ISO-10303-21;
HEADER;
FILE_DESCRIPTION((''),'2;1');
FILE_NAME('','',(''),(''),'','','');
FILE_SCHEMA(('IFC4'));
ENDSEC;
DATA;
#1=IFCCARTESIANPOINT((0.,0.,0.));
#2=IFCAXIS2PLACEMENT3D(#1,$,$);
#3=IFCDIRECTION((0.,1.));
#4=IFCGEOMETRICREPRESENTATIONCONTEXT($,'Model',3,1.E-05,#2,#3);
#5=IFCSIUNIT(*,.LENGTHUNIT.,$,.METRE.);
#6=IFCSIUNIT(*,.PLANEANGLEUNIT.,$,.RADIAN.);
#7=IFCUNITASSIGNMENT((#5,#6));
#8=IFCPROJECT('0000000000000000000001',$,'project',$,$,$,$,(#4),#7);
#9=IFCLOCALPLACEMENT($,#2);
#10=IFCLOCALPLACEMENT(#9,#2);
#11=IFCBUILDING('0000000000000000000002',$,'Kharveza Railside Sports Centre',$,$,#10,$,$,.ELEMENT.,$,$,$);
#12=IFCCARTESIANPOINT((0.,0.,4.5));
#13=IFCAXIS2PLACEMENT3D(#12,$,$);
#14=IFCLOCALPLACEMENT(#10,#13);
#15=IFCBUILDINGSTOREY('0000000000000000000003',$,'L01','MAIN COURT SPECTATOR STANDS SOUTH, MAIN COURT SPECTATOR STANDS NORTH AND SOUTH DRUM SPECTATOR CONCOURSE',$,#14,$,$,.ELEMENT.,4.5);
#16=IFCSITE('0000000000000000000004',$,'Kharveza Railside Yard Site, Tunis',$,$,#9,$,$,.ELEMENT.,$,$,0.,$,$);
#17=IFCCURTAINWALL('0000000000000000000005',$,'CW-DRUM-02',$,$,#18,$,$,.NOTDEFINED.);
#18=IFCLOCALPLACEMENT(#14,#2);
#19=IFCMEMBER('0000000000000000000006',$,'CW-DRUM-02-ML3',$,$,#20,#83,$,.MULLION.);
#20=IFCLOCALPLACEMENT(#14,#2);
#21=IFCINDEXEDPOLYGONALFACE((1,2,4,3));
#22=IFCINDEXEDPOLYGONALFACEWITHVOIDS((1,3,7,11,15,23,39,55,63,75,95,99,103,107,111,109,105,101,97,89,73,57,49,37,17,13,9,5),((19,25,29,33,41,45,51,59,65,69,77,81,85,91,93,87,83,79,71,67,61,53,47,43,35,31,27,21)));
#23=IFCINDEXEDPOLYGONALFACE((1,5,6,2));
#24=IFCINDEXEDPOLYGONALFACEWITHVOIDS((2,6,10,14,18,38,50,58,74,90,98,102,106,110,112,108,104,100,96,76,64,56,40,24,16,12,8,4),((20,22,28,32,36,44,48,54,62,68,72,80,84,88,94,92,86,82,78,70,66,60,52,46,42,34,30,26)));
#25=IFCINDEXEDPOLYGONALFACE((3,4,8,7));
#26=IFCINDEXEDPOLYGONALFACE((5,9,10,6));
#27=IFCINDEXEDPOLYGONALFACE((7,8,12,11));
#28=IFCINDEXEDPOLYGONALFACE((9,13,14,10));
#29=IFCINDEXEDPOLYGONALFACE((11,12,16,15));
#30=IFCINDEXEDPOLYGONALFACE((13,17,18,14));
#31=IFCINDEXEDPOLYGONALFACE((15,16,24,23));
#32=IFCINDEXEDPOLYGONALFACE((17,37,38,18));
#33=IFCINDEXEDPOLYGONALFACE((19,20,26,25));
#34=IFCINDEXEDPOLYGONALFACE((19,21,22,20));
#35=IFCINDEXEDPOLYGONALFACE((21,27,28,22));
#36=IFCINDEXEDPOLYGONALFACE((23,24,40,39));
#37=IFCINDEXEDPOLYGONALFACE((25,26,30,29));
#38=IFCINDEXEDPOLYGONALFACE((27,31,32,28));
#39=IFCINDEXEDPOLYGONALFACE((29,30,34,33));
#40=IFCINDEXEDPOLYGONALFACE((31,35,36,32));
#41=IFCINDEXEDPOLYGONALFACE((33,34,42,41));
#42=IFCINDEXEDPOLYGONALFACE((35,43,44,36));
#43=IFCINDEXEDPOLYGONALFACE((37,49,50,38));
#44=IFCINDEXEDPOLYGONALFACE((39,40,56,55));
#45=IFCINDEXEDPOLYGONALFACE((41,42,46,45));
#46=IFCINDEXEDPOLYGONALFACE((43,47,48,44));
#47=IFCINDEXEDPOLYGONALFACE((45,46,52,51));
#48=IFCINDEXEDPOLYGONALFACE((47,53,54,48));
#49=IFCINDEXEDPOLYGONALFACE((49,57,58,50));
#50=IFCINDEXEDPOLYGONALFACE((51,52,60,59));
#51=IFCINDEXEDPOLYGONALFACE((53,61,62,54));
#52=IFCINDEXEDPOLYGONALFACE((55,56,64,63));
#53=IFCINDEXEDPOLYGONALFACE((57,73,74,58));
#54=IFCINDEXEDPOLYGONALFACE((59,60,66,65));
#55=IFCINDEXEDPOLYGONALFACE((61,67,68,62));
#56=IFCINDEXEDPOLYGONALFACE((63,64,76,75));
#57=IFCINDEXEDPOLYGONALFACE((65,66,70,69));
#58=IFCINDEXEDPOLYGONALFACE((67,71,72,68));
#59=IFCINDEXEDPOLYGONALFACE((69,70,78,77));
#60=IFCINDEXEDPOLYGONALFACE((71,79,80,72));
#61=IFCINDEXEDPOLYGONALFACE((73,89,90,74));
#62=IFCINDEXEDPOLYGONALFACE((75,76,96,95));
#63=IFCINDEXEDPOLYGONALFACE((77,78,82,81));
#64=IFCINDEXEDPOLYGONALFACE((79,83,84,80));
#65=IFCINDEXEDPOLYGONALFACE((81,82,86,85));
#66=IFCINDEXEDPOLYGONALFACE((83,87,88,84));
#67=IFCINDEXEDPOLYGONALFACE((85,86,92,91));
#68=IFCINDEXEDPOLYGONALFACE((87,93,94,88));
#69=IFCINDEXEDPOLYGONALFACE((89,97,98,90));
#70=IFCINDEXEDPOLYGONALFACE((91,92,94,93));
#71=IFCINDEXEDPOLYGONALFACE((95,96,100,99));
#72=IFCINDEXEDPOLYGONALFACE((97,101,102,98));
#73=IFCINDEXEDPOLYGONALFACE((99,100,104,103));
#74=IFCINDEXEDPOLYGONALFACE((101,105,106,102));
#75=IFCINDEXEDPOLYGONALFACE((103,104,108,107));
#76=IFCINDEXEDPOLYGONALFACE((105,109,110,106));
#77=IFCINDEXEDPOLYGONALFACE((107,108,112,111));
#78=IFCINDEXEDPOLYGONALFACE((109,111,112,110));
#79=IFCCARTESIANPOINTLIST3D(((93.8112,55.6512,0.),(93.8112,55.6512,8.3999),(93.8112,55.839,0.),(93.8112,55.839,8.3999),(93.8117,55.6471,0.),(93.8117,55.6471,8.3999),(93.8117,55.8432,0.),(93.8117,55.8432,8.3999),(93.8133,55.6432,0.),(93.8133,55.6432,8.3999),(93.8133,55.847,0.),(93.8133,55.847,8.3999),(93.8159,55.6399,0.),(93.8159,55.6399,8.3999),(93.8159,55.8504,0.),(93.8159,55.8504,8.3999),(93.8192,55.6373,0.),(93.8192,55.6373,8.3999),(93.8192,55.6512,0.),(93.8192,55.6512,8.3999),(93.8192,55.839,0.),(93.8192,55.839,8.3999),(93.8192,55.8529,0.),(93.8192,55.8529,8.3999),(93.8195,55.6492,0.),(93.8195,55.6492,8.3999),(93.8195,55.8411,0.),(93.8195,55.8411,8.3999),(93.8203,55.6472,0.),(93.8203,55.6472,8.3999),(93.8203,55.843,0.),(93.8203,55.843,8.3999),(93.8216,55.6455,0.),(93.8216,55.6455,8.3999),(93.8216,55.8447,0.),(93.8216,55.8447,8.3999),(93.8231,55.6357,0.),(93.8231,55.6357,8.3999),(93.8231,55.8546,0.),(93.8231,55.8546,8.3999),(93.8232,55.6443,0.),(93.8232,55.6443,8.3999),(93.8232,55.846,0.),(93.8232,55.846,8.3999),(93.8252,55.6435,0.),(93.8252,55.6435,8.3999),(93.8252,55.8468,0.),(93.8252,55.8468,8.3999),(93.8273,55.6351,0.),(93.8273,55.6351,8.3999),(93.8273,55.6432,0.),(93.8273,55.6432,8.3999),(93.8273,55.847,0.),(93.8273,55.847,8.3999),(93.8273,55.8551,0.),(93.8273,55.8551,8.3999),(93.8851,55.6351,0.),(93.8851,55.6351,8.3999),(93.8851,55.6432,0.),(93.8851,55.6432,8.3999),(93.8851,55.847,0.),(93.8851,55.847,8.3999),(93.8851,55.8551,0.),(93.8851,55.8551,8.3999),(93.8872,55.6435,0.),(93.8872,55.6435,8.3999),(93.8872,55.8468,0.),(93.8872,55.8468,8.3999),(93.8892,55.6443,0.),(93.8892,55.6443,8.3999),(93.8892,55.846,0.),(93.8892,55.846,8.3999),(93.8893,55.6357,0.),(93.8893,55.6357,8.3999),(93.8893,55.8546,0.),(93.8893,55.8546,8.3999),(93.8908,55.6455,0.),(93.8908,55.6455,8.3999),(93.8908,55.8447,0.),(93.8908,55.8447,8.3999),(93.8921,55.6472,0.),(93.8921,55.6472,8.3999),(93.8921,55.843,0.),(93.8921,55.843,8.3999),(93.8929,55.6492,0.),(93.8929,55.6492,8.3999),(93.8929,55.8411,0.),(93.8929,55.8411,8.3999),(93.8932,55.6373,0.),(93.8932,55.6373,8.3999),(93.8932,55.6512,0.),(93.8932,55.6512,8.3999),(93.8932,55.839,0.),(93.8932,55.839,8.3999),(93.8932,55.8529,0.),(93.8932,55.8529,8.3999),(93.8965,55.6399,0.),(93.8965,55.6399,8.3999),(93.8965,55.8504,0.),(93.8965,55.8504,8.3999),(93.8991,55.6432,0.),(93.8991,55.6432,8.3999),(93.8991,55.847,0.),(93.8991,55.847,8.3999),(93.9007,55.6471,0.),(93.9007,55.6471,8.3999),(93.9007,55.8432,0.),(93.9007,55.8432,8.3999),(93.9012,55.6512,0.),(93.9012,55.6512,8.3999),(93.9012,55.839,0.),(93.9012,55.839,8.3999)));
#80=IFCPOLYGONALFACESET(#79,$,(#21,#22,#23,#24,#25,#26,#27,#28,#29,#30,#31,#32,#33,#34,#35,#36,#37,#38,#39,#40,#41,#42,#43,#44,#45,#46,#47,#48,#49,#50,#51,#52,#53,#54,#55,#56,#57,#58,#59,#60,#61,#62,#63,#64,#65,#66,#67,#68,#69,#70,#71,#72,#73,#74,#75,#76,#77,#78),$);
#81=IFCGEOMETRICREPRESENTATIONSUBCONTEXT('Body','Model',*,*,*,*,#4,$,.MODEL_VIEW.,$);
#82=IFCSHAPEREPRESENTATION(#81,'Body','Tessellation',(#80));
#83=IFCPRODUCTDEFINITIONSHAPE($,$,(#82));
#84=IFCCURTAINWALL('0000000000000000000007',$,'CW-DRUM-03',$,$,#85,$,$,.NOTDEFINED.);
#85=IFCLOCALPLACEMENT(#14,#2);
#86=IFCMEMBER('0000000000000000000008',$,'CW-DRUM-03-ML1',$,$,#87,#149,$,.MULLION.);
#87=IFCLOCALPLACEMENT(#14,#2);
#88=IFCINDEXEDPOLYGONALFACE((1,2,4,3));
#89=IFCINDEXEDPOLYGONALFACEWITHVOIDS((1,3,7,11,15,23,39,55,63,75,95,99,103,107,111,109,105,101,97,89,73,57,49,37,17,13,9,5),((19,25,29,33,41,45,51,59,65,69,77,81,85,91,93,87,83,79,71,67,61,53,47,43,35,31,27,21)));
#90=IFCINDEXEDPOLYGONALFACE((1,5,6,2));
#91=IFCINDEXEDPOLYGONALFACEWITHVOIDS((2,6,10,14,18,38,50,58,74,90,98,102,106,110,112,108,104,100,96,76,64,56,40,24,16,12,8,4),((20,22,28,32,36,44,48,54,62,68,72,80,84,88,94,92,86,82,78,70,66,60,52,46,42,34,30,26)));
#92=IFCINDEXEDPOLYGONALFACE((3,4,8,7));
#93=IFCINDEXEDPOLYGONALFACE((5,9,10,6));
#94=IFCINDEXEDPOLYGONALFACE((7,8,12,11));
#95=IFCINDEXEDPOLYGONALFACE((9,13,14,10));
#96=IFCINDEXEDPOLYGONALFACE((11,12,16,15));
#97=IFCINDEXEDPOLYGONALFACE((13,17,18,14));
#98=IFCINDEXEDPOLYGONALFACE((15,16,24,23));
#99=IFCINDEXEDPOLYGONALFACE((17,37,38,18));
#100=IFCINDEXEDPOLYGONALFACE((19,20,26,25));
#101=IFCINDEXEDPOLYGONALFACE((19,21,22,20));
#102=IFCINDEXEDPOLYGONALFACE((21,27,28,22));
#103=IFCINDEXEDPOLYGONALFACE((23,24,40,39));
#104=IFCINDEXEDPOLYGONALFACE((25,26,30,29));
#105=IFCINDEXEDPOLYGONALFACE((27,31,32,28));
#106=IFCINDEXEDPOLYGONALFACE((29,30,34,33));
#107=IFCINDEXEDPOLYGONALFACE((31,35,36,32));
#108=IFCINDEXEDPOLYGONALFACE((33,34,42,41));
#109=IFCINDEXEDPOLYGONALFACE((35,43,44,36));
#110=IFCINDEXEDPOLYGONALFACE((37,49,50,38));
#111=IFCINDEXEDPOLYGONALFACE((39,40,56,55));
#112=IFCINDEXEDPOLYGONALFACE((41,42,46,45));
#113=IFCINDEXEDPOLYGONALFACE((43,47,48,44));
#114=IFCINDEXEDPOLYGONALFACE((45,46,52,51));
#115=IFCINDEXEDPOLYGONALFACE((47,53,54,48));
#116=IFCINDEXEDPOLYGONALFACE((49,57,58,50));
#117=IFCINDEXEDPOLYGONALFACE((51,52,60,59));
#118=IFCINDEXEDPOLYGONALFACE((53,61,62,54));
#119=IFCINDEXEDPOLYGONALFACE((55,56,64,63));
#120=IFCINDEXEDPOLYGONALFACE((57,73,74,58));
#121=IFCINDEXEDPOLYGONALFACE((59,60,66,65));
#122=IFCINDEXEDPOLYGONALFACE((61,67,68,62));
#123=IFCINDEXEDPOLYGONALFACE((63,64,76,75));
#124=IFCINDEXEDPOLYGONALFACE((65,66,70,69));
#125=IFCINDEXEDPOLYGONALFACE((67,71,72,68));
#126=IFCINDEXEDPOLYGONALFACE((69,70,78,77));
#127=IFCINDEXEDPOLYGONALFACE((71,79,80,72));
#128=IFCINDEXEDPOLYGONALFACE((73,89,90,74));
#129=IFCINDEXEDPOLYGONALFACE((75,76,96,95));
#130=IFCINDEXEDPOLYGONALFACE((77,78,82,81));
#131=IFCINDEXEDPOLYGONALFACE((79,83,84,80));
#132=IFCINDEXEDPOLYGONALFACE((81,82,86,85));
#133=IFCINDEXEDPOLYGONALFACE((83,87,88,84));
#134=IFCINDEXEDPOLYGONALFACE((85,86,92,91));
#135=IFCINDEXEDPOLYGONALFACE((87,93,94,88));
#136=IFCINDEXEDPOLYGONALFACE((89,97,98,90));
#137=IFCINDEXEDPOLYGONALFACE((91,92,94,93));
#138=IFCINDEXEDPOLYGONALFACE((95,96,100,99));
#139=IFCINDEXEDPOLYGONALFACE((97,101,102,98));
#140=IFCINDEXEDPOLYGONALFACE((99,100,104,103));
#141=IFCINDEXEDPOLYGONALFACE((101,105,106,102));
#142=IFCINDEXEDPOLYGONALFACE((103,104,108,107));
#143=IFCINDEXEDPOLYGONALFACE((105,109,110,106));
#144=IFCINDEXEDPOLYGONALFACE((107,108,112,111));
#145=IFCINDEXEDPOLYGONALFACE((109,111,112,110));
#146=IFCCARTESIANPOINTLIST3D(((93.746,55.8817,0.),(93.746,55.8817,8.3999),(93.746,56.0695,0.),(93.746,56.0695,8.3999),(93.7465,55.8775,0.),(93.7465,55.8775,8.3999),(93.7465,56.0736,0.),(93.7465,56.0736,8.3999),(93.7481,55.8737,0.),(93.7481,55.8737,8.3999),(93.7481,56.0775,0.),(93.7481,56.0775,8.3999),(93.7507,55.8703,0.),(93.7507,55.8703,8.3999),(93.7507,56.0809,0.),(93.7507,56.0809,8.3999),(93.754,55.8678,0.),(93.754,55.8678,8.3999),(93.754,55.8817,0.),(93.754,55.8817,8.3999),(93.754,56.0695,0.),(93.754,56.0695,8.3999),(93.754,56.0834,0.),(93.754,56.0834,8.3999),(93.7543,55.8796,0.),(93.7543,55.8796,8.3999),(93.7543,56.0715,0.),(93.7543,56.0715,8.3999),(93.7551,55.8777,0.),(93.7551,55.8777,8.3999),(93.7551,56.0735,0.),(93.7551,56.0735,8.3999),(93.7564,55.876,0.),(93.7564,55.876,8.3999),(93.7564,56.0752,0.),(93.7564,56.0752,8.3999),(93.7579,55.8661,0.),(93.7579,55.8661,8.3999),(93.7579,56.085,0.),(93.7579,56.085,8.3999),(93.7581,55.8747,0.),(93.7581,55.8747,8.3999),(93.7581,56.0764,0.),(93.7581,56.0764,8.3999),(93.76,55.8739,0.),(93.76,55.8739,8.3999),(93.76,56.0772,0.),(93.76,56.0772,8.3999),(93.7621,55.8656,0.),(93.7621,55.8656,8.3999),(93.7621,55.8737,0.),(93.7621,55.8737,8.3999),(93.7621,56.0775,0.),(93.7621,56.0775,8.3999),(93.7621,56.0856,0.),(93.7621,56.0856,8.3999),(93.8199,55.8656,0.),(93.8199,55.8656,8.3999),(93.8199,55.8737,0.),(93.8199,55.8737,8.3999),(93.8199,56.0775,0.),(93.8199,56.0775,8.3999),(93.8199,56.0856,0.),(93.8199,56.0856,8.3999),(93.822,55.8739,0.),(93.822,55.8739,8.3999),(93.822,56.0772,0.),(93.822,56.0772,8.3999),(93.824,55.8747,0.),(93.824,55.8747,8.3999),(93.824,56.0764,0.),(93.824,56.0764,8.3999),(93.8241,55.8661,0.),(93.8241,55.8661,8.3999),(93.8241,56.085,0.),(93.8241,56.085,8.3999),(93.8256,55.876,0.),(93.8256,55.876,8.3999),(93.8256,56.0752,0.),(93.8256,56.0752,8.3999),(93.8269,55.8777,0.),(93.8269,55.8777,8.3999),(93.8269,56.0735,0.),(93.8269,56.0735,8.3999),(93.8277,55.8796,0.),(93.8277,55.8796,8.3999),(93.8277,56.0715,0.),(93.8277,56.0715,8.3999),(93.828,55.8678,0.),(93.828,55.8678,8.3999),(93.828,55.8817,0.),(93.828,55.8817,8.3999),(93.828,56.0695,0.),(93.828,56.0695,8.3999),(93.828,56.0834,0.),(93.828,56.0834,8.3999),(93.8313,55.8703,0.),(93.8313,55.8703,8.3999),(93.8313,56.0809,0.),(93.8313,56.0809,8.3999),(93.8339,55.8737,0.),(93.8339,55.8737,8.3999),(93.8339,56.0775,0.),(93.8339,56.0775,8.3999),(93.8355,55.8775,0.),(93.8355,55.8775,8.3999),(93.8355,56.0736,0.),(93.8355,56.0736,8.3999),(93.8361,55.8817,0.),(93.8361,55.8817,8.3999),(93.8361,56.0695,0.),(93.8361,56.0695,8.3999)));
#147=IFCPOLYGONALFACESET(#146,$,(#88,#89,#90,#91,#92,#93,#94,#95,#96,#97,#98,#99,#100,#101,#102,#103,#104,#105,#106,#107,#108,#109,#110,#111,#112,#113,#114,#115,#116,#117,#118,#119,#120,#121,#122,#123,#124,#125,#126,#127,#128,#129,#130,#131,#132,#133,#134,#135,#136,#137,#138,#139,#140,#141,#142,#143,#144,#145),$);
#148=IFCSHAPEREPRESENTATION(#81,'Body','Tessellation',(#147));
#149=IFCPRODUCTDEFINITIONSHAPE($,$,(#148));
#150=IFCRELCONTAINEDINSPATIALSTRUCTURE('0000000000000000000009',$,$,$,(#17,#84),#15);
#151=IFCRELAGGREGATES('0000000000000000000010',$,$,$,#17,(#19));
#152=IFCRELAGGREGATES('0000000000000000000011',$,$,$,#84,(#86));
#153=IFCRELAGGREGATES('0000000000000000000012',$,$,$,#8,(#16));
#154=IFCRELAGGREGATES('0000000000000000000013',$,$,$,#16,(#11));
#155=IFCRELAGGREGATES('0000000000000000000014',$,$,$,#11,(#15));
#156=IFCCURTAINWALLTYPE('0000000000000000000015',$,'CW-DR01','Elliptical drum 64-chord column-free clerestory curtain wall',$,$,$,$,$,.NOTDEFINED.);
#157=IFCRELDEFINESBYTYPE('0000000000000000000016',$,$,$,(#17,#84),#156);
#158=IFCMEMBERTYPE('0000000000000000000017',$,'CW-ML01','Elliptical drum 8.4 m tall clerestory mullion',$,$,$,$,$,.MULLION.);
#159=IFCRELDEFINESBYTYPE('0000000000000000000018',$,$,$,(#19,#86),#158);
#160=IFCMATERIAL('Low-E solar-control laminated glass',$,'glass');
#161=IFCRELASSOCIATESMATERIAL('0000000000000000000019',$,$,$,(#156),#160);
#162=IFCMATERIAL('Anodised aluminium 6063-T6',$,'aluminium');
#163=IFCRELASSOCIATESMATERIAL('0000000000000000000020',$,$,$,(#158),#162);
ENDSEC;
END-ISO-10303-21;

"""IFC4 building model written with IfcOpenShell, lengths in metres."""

from ifc_helpers import new_model, si_unit, direction, frame, origin, origin_2d, place, context, subcontext, project, spatial, hollow_rectangle, extrude, material, material_profile, profile_set, type_object, element, aggregate, save


model = new_model("IFC4")

# Units and contexts
model_context = context("Model", 3, precision=1e-05, world=origin(), true_north=direction((0.0, 1.0)))
body_context = subcontext(model_context, "Body", "Model", "MODEL_VIEW")
ifc_project = project(units=[si_unit("LENGTHUNIT", "METRE"), si_unit("PLANEANGLEUNIT", "RADIAN")], contexts=[model_context])

# Site, building, storey
site_placement = place(None, origin())
site = spatial("IfcSite", under=ifc_project, at=site_placement, Name="Kharveza Railside Yard Site, Tunis", CompositionType="ELEMENT", RefElevation=0.0)
building_placement = place(site_placement, origin())
building = spatial("IfcBuilding", under=site, at=building_placement, Name="Kharveza Railside Sports Centre", CompositionType="ELEMENT")
storey_placement = place(building_placement, frame((0.0, 0.0, 4.5)))
storey = spatial("IfcBuildingStorey", under=building, at=storey_placement, Name="L01", Description="MAIN COURT SPECTATOR STANDS SOUTH, MAIN COURT SPECTATOR STANDS NORTH AND SOUTH DRUM SPECTATOR CONCOURSE", CompositionType="ELEMENT", Elevation=4.5)

# Curtain wall, member
ifc_material_1 = material(Name="Low-E solar-control laminated glass", Category="glass")
curtain_wall_type = type_object("IfcCurtainWallType", Name="CW-DR01", Description="Elliptical drum 64-chord column-free clerestory curtain wall", PredefinedType="NOTDEFINED", material=ifc_material_1)
ifc_material_2 = material(Name="Anodised aluminium 6063-T6", Category="aluminium")
ifc_material_profile_1 = material_profile(ifc_material_2, hollow_rectangle(XDim=0.0901, YDim=0.22, WallThickness=0.0081, InnerFilletRadius=0.0081, OuterFilletRadius=0.0161, at=origin_2d()), Name="RHS 90x220x8.0")
ifc_profile_set_1 = profile_set([ifc_material_profile_1], Name="Anodised aluminium 6063-T6")
member_type_1 = type_object("IfcMemberType", Name="CW-ML01", Description="Elliptical drum 8.4 m tall clerestory mullion", PredefinedType="MULLION", material=ifc_profile_set_1)
curtain_wall_1_placement = place(storey_placement, origin())
curtain_wall_1 = element("IfcCurtainWall", 1, at=curtain_wall_1_placement, inside=storey, type_object=curtain_wall_type, Name="CW-DRUM-02", PredefinedType="NOTDEFINED")
member_1_placement = place(storey_placement, frame((93.8562, 55.7451, 0.0), z_axis=(0.0, 0.0, 1.0), x_axis=(1.0, 0.0, 0.0)))
member_1 = element("IfcMember", 2, at=member_1_placement, type_object=member_type_1, Name="CW-DRUM-02-ML3", PredefinedType="MULLION", context=body_context, shape_type="SweptSolid", body=[
    extrude(hollow_rectangle(XDim=0.0901, YDim=0.22, WallThickness=0.0081, InnerFilletRadius=0.0081, OuterFilletRadius=0.0161, at=origin_2d()), origin(), (0.0, 0.0, 1.0), 8.3999),
])

# Curtain wall, member
curtain_wall_2_placement = place(storey_placement, origin())
curtain_wall_2 = element("IfcCurtainWall", 3, at=curtain_wall_2_placement, inside=storey, type_object=curtain_wall_type, Name="CW-DRUM-03", PredefinedType="NOTDEFINED")
member_2_placement = place(storey_placement, frame((93.791, 55.9756, 0.0), z_axis=(0.0, 0.0, 1.0), x_axis=(1.0, 0.0, 0.0)))
member_2 = element("IfcMember", 4, at=member_2_placement, type_object=member_type_1, Name="CW-DRUM-03-ML1", PredefinedType="MULLION", context=body_context, shape_type="SweptSolid", body=[
    extrude(hollow_rectangle(XDim=0.0901, YDim=0.22, WallThickness=0.0081, InnerFilletRadius=0.0081, OuterFilletRadius=0.0161, at=origin_2d()), origin(), (0.0, 0.0, 1.0), 8.3999),
])

aggregate(curtain_wall_1, [member_1])
aggregate(curtain_wall_2, [member_2])

save(model, "model.ifc")
